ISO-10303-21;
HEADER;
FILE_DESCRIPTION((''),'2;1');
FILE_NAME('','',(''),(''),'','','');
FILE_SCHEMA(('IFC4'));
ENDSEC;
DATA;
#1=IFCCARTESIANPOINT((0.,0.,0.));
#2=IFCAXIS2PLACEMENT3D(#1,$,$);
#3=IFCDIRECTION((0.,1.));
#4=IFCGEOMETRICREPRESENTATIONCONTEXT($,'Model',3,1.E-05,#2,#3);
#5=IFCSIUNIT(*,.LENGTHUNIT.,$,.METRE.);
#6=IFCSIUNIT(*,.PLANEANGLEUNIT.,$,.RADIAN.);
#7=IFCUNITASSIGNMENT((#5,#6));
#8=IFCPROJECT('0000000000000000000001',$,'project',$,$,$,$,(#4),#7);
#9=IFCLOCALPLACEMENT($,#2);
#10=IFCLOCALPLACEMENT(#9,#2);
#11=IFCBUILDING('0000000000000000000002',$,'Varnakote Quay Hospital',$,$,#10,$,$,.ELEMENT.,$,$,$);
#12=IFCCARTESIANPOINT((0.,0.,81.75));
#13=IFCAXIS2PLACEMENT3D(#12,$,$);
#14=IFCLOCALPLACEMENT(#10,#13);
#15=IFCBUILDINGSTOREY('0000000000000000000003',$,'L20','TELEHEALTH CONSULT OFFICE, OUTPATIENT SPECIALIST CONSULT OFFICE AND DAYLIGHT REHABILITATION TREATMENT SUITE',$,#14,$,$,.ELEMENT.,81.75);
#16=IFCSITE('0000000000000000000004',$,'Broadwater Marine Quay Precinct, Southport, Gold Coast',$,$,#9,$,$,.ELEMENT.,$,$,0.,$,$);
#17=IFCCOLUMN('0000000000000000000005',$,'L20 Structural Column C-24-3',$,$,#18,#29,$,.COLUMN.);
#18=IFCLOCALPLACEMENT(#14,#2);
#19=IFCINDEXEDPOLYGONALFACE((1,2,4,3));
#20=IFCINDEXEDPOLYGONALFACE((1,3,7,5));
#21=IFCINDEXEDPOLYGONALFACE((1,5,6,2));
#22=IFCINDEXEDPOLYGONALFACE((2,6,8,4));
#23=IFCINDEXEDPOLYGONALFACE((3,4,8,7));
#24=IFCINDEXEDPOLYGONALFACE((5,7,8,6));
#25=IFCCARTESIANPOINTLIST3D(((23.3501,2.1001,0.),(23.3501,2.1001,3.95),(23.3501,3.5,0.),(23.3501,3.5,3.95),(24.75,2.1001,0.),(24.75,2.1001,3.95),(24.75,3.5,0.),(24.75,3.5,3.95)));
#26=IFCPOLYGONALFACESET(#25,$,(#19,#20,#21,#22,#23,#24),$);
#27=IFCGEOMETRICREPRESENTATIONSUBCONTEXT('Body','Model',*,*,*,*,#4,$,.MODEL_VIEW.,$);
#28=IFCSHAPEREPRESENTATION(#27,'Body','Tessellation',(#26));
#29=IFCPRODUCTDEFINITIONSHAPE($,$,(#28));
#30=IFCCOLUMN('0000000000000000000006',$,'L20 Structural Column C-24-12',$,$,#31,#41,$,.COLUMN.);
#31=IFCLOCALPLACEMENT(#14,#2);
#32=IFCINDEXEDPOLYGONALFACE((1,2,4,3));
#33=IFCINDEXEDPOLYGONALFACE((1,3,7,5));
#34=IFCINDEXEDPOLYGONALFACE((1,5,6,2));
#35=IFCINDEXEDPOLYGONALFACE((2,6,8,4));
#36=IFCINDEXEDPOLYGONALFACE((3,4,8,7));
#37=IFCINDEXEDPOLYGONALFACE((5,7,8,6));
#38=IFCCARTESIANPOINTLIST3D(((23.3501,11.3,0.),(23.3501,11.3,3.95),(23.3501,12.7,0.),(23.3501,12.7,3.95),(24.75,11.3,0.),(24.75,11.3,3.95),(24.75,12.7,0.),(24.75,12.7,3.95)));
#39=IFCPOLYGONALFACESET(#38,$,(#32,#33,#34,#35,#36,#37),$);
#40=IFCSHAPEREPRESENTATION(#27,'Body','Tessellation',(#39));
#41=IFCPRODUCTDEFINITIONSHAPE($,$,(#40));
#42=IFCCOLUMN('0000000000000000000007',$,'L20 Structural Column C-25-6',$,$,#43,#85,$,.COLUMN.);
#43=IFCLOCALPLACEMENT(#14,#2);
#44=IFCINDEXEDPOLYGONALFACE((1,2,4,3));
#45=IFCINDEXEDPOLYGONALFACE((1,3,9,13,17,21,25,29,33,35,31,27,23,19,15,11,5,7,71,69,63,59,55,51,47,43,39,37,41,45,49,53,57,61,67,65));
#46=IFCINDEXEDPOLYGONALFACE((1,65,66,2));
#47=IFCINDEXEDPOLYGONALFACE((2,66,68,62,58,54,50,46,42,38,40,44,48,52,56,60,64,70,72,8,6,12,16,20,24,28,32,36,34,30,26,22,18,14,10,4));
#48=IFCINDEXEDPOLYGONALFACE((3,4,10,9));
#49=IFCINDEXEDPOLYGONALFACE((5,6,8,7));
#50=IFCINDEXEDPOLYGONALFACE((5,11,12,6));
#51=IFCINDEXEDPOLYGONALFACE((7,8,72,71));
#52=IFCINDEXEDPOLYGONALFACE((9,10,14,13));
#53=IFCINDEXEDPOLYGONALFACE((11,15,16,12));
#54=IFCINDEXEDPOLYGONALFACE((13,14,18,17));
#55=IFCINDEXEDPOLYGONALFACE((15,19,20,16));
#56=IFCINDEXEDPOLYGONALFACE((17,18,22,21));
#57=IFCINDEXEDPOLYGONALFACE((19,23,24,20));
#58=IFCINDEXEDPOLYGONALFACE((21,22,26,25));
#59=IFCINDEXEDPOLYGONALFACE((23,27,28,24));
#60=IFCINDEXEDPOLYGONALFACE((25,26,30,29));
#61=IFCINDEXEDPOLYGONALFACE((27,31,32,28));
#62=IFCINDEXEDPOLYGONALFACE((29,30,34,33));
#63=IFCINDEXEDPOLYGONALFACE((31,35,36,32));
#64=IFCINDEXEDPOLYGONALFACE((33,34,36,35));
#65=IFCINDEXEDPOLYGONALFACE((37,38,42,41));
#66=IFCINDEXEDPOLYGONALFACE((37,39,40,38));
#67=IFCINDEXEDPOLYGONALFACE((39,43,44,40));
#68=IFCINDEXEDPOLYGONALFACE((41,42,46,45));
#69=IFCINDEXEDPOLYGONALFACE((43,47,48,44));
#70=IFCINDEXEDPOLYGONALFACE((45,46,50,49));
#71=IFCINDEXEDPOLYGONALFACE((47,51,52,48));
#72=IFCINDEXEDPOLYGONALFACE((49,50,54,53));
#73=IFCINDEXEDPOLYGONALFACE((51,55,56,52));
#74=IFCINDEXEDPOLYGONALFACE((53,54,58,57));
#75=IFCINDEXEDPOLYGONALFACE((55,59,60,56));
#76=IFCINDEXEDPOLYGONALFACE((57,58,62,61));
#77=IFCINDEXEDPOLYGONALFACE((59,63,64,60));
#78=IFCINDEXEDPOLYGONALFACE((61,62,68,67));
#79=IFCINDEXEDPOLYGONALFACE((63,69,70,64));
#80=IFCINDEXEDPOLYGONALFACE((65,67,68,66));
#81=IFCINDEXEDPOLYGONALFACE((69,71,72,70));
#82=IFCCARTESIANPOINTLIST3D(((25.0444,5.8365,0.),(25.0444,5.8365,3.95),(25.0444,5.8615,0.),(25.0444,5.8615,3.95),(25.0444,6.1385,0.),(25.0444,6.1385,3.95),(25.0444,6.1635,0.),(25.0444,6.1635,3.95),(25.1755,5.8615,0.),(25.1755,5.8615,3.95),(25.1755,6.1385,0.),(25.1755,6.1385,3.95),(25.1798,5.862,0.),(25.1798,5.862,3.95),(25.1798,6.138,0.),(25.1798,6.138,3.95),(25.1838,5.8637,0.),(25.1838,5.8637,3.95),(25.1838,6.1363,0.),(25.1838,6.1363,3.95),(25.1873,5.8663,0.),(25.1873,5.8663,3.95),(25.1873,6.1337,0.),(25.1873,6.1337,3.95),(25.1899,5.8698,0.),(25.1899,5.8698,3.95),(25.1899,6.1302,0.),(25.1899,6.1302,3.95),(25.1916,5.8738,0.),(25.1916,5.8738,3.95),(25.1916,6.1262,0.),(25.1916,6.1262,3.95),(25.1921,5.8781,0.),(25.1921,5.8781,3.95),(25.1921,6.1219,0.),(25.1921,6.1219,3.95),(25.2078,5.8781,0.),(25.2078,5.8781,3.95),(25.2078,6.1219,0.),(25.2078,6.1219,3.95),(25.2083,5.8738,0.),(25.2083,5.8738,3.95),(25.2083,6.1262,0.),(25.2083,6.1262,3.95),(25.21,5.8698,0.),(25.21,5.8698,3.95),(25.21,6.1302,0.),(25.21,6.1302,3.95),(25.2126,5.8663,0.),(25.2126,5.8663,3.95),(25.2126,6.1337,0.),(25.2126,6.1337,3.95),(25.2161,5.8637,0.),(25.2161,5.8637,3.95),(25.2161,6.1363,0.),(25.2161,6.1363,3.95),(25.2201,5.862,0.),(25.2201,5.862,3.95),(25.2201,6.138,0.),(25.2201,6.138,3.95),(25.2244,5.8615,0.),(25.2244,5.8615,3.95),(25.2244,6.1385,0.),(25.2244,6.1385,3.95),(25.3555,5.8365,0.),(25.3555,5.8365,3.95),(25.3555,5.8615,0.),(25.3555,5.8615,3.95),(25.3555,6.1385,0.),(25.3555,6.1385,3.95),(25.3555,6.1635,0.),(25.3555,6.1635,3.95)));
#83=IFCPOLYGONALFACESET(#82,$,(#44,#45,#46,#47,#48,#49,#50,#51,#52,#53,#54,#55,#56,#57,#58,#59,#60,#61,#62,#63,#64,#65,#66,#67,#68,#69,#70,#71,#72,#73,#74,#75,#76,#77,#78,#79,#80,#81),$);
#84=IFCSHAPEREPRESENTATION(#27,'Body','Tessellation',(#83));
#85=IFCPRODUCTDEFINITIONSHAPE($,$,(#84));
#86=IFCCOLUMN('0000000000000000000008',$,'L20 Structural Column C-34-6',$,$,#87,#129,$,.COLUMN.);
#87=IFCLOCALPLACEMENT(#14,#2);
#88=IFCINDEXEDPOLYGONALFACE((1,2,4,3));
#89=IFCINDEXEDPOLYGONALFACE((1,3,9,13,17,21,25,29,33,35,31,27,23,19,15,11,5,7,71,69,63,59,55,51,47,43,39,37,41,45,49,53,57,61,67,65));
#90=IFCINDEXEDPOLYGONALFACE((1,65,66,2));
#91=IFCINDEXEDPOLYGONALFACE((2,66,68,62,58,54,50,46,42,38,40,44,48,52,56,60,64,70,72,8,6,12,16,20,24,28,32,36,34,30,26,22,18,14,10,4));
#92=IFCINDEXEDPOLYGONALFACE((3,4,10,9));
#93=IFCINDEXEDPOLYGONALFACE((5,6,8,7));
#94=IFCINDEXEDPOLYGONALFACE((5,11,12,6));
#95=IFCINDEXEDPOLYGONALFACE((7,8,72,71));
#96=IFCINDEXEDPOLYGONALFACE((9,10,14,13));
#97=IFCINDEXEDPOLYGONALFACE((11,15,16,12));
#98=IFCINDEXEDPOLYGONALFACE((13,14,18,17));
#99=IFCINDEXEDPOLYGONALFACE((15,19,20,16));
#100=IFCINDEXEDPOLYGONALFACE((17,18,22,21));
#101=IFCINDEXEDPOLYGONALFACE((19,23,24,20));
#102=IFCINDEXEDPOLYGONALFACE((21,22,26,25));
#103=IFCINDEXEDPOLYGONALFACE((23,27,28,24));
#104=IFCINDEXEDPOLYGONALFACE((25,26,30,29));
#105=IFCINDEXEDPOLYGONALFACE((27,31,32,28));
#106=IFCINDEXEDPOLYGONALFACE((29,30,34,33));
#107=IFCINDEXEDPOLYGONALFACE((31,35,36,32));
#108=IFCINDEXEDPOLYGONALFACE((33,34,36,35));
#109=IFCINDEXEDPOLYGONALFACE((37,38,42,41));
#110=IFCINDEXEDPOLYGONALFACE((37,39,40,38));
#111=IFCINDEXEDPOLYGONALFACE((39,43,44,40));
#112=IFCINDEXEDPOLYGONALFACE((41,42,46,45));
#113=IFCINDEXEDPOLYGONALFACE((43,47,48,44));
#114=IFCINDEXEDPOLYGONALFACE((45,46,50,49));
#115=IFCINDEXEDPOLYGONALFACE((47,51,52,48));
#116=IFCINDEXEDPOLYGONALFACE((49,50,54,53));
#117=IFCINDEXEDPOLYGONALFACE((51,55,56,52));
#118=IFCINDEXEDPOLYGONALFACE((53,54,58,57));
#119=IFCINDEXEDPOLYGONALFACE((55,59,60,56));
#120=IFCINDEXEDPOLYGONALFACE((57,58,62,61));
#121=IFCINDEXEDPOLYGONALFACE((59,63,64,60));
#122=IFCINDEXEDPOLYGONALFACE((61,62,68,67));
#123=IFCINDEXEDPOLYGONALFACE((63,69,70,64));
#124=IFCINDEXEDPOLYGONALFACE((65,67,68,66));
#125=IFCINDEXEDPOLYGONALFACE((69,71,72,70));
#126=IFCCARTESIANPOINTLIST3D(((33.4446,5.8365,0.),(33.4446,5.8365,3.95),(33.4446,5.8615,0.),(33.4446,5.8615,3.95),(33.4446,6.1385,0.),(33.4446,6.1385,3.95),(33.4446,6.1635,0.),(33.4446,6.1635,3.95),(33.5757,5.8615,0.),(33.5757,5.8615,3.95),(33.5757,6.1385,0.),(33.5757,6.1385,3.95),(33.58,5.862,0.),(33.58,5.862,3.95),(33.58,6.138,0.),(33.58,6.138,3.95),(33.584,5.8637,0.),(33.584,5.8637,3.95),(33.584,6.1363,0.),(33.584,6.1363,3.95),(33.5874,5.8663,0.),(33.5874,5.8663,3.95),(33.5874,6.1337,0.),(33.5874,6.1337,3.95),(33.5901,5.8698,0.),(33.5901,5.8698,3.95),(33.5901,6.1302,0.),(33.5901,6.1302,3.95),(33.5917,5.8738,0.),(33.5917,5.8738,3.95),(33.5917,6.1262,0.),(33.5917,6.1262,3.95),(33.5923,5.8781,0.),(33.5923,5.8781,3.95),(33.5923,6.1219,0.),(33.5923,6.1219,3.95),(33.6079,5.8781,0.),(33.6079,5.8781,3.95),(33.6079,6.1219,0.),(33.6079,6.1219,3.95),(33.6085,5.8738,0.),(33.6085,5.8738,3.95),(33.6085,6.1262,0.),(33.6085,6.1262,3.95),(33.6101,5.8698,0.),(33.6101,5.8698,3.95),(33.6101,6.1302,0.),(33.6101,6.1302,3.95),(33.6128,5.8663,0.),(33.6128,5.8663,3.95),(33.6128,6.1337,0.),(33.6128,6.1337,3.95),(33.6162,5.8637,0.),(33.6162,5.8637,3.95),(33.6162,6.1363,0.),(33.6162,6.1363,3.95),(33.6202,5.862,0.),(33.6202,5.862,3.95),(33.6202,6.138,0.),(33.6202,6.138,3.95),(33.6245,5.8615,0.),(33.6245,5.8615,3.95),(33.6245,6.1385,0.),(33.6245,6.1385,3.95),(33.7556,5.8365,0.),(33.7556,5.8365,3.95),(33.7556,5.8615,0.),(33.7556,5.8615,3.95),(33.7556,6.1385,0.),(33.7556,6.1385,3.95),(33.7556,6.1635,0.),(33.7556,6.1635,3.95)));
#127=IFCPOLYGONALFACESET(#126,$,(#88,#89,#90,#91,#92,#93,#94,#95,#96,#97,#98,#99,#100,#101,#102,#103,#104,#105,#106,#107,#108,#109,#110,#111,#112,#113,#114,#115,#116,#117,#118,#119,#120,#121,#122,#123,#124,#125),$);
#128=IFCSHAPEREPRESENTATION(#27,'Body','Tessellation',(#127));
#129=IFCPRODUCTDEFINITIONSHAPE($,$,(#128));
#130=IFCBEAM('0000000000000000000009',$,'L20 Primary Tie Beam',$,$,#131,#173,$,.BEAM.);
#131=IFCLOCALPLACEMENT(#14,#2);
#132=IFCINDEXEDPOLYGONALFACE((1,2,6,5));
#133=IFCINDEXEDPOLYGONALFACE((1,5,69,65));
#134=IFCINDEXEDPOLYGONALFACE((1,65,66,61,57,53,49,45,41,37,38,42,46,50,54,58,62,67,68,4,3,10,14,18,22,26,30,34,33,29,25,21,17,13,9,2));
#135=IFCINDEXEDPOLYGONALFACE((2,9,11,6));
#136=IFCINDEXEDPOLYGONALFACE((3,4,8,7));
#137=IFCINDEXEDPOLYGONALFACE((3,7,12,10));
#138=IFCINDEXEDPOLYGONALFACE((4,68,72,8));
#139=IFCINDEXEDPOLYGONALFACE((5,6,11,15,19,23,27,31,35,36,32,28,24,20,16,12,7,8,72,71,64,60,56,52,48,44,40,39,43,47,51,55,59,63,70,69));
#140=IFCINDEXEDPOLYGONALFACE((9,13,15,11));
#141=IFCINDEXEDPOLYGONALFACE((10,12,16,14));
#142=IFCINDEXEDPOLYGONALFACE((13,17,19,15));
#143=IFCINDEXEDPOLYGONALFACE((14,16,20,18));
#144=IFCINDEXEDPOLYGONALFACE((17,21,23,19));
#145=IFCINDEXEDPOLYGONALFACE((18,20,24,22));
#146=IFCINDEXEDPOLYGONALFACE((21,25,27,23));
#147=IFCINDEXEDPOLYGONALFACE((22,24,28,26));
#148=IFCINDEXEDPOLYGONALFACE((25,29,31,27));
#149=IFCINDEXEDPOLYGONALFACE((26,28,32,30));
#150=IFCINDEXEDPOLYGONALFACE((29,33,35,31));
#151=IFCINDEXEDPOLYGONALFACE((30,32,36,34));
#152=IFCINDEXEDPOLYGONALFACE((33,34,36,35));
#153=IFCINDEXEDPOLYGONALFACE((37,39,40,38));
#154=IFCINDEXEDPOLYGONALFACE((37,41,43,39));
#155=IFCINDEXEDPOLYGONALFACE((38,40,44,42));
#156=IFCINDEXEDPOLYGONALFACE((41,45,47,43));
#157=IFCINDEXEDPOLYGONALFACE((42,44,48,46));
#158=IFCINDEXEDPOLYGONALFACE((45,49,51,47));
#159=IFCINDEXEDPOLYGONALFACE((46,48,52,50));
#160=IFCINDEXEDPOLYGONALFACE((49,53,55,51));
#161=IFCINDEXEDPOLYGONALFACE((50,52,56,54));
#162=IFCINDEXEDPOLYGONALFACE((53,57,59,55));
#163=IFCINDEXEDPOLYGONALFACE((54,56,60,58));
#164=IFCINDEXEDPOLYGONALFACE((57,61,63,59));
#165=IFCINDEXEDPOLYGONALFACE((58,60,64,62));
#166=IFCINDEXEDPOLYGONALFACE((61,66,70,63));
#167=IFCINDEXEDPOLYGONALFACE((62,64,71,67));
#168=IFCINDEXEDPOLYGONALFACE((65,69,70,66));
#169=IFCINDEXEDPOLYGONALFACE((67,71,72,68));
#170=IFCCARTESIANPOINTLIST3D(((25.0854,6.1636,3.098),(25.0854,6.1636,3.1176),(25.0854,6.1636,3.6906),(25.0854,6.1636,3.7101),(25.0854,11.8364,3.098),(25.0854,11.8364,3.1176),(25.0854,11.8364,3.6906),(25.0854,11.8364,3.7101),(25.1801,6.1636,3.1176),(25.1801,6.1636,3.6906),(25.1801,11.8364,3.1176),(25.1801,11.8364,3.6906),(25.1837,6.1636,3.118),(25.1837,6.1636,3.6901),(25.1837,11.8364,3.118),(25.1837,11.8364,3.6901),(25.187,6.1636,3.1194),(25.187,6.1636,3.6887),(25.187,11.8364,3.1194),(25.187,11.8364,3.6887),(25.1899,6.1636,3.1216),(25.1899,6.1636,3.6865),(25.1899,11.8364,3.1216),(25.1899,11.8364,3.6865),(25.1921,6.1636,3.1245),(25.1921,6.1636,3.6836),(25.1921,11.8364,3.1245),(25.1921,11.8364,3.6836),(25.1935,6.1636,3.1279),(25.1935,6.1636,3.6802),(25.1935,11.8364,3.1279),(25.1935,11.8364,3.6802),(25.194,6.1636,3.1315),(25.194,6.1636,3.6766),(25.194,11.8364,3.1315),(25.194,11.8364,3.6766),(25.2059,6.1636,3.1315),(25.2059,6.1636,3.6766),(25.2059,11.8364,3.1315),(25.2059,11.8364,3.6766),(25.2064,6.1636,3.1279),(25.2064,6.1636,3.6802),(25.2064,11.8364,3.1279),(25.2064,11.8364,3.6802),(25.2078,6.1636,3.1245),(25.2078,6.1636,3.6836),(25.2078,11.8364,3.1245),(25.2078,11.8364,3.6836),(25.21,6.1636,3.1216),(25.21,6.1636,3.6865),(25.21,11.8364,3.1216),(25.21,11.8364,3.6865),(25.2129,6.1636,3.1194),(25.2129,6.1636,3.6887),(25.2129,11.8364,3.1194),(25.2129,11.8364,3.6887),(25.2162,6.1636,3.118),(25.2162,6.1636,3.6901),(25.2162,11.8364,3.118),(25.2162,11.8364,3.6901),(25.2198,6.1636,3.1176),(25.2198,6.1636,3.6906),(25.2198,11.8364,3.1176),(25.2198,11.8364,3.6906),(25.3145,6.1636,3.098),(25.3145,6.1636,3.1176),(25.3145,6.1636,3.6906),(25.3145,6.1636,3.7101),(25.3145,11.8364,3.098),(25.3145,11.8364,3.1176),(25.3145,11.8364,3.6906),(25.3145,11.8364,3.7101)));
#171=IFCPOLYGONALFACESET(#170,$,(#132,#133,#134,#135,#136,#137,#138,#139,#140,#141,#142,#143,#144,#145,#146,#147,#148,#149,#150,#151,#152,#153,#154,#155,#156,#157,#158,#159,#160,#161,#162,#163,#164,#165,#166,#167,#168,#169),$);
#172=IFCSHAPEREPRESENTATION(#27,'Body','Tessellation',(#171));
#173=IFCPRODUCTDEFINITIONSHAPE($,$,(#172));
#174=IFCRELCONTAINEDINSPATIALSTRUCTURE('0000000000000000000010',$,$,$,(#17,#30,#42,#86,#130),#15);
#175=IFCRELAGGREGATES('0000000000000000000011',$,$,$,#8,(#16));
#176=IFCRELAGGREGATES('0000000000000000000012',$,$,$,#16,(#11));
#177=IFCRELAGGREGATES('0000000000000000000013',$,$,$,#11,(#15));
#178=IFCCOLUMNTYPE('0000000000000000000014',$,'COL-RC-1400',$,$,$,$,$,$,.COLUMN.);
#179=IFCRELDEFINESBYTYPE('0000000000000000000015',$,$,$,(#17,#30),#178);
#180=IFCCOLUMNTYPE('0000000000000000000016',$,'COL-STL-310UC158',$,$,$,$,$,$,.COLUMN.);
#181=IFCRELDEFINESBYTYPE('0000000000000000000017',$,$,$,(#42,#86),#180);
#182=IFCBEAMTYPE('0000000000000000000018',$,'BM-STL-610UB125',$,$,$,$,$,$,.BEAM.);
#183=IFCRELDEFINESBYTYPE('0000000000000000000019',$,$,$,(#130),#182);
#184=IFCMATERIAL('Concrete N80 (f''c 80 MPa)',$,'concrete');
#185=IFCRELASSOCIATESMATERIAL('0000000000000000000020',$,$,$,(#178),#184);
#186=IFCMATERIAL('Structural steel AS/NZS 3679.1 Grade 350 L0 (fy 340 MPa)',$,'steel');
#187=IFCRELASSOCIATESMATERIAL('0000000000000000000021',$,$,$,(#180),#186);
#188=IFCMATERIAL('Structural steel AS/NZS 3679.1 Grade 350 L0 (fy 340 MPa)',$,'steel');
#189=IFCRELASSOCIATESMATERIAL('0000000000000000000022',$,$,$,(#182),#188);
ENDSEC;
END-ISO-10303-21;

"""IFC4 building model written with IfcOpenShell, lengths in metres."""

from ifc_helpers import new_model, si_unit, direction, frame, origin, origin_2d, place, context, subcontext, project, spatial, rectangle, i_section, extrude, material, material_profile, profile_set, type_object, element, save


model = new_model("IFC4")

# Units and contexts
model_context = context("Model", 3, precision=1e-05, world=origin(), true_north=direction((0.0, 1.0)))
body_context = subcontext(model_context, "Body", "Model", "MODEL_VIEW")
ifc_project = project(units=[si_unit("LENGTHUNIT", "METRE"), si_unit("PLANEANGLEUNIT", "RADIAN")], contexts=[model_context])

# Site, building, storey
site_placement = place(None, origin())
site = spatial("IfcSite", under=ifc_project, at=site_placement, Name="Broadwater Marine Quay Precinct, Southport, Gold Coast", CompositionType="ELEMENT", RefElevation=0.0)
building_placement = place(site_placement, origin())
building = spatial("IfcBuilding", under=site, at=building_placement, Name="Varnakote Quay Hospital", CompositionType="ELEMENT")
storey_placement = place(building_placement, frame((0.0, 0.0, 81.75)))
storey = spatial("IfcBuildingStorey", under=building, at=storey_placement, Name="L20", Description="TELEHEALTH CONSULT OFFICE, OUTPATIENT SPECIALIST CONSULT OFFICE AND DAYLIGHT REHABILITATION TREATMENT SUITE", CompositionType="ELEMENT", Elevation=81.75)

# Columns
ifc_material_1 = material(Name="Concrete N80 (f'c 80 MPa)", Category="concrete")
ifc_material_profile_1 = material_profile(ifc_material_1, rectangle(XDim=1.3999, YDim=1.3999, at=origin_2d()), Name="RC-COL-1400x1400")
ifc_profile_set_1 = profile_set([ifc_material_profile_1], Name="Concrete N80 (f'c 80 MPa)")
column_type_1 = type_object("IfcColumnType", Name="COL-RC-1400", PredefinedType="COLUMN", material=ifc_profile_set_1)
for number, where, z_axis, x_axis, name in (
    (1, (24.05, 2.8, 0.0), (0.0, 0.0, 1.0), (1.0, 0.0, 0.0), "L20 Structural Column C-24-3"),
    (2, (24.05, 12.0, 0.0), (0.0, 0.0, 1.0), (1.0, 0.0, 0.0), "L20 Structural Column C-24-12"),
):
    element("IfcColumn", number, at=place(storey_placement, frame(where, z_axis=z_axis, x_axis=x_axis)), inside=storey, type_object=column_type_1, Name=name, PredefinedType="COLUMN", context=body_context, shape_type="SweptSolid", body=[
        extrude(rectangle(XDim=1.3999, YDim=1.3999, at=origin_2d()), origin(), (0.0, 0.0, 1.0), 3.95),
    ])
ifc_material_2 = material(Name="Structural steel AS/NZS 3679.1 Grade 350 L0 (fy 340 MPa)", Category="steel")
ifc_material_profile_2 = material_profile(ifc_material_2, i_section(OverallWidth=0.311, OverallDepth=0.3269, WebThickness=0.0156, FlangeThickness=0.0249, FilletRadius=0.0166, at=origin_2d()), Name="310UC158")
ifc_profile_set_2 = profile_set([ifc_material_profile_2], Name="Structural steel AS/NZS 3679.1 Grade 350 L0 (fy 340 MPa)")
column_type_2 = type_object("IfcColumnType", Name="COL-STL-310UC158", PredefinedType="COLUMN", material=ifc_profile_set_2)
for number, where, z_axis, x_axis, name in (
    (3, (25.2, 6.0, 0.0), (0.0, 0.0, 1.0), (1.0, 0.0, 0.0), "L20 Structural Column C-25-6"),
    (4, (33.6001, 6.0, 0.0), (0.0, 0.0, 1.0), (1.0, 0.0, 0.0), "L20 Structural Column C-34-6"),
):
    element("IfcColumn", number, at=place(storey_placement, frame(where, z_axis=z_axis, x_axis=x_axis)), inside=storey, type_object=column_type_2, Name=name, PredefinedType="COLUMN", context=body_context, shape_type="SweptSolid", body=[
        extrude(i_section(OverallWidth=0.311, OverallDepth=0.3269, WebThickness=0.0156, FlangeThickness=0.0249, FilletRadius=0.0166, at=origin_2d()), origin(), (0.0, 0.0, 1.0), 3.95),
    ])

# Beam
ifc_material_3 = material(Name="Structural steel AS/NZS 3679.1 Grade 350 L0 (fy 340 MPa)", Category="steel")
ifc_material_profile_3 = material_profile(ifc_material_3, i_section(OverallWidth=0.229, OverallDepth=0.6121, WebThickness=0.012, FlangeThickness=0.0195, FilletRadius=0.0139, at=origin_2d()), Name="610UB125")
ifc_profile_set_3 = profile_set([ifc_material_profile_3], Name="Structural steel AS/NZS 3679.1 Grade 350 L0 (fy 340 MPa)")
beam_type_1 = type_object("IfcBeamType", Name="BM-STL-610UB125", PredefinedType="BEAM", material=ifc_profile_set_3)
for number, where, z_axis, x_axis, name in (
    (5, (25.2, 6.1636, 3.4041), (0.0, 1.0, 0.0), (-1.0, 0.0, 0.0), "L20 Primary Tie Beam"),
):
    element("IfcBeam", number, at=place(storey_placement, frame(where, z_axis=z_axis, x_axis=x_axis)), inside=storey, type_object=beam_type_1, Name=name, PredefinedType="BEAM", context=body_context, shape_type="SweptSolid", body=[
        extrude(i_section(OverallWidth=0.229, OverallDepth=0.6121, WebThickness=0.012, FlangeThickness=0.0195, FilletRadius=0.0139, at=origin_2d()), origin(), (0.0, 0.0, 1.0), 5.6729),
    ])

save(model, "model.ifc")
